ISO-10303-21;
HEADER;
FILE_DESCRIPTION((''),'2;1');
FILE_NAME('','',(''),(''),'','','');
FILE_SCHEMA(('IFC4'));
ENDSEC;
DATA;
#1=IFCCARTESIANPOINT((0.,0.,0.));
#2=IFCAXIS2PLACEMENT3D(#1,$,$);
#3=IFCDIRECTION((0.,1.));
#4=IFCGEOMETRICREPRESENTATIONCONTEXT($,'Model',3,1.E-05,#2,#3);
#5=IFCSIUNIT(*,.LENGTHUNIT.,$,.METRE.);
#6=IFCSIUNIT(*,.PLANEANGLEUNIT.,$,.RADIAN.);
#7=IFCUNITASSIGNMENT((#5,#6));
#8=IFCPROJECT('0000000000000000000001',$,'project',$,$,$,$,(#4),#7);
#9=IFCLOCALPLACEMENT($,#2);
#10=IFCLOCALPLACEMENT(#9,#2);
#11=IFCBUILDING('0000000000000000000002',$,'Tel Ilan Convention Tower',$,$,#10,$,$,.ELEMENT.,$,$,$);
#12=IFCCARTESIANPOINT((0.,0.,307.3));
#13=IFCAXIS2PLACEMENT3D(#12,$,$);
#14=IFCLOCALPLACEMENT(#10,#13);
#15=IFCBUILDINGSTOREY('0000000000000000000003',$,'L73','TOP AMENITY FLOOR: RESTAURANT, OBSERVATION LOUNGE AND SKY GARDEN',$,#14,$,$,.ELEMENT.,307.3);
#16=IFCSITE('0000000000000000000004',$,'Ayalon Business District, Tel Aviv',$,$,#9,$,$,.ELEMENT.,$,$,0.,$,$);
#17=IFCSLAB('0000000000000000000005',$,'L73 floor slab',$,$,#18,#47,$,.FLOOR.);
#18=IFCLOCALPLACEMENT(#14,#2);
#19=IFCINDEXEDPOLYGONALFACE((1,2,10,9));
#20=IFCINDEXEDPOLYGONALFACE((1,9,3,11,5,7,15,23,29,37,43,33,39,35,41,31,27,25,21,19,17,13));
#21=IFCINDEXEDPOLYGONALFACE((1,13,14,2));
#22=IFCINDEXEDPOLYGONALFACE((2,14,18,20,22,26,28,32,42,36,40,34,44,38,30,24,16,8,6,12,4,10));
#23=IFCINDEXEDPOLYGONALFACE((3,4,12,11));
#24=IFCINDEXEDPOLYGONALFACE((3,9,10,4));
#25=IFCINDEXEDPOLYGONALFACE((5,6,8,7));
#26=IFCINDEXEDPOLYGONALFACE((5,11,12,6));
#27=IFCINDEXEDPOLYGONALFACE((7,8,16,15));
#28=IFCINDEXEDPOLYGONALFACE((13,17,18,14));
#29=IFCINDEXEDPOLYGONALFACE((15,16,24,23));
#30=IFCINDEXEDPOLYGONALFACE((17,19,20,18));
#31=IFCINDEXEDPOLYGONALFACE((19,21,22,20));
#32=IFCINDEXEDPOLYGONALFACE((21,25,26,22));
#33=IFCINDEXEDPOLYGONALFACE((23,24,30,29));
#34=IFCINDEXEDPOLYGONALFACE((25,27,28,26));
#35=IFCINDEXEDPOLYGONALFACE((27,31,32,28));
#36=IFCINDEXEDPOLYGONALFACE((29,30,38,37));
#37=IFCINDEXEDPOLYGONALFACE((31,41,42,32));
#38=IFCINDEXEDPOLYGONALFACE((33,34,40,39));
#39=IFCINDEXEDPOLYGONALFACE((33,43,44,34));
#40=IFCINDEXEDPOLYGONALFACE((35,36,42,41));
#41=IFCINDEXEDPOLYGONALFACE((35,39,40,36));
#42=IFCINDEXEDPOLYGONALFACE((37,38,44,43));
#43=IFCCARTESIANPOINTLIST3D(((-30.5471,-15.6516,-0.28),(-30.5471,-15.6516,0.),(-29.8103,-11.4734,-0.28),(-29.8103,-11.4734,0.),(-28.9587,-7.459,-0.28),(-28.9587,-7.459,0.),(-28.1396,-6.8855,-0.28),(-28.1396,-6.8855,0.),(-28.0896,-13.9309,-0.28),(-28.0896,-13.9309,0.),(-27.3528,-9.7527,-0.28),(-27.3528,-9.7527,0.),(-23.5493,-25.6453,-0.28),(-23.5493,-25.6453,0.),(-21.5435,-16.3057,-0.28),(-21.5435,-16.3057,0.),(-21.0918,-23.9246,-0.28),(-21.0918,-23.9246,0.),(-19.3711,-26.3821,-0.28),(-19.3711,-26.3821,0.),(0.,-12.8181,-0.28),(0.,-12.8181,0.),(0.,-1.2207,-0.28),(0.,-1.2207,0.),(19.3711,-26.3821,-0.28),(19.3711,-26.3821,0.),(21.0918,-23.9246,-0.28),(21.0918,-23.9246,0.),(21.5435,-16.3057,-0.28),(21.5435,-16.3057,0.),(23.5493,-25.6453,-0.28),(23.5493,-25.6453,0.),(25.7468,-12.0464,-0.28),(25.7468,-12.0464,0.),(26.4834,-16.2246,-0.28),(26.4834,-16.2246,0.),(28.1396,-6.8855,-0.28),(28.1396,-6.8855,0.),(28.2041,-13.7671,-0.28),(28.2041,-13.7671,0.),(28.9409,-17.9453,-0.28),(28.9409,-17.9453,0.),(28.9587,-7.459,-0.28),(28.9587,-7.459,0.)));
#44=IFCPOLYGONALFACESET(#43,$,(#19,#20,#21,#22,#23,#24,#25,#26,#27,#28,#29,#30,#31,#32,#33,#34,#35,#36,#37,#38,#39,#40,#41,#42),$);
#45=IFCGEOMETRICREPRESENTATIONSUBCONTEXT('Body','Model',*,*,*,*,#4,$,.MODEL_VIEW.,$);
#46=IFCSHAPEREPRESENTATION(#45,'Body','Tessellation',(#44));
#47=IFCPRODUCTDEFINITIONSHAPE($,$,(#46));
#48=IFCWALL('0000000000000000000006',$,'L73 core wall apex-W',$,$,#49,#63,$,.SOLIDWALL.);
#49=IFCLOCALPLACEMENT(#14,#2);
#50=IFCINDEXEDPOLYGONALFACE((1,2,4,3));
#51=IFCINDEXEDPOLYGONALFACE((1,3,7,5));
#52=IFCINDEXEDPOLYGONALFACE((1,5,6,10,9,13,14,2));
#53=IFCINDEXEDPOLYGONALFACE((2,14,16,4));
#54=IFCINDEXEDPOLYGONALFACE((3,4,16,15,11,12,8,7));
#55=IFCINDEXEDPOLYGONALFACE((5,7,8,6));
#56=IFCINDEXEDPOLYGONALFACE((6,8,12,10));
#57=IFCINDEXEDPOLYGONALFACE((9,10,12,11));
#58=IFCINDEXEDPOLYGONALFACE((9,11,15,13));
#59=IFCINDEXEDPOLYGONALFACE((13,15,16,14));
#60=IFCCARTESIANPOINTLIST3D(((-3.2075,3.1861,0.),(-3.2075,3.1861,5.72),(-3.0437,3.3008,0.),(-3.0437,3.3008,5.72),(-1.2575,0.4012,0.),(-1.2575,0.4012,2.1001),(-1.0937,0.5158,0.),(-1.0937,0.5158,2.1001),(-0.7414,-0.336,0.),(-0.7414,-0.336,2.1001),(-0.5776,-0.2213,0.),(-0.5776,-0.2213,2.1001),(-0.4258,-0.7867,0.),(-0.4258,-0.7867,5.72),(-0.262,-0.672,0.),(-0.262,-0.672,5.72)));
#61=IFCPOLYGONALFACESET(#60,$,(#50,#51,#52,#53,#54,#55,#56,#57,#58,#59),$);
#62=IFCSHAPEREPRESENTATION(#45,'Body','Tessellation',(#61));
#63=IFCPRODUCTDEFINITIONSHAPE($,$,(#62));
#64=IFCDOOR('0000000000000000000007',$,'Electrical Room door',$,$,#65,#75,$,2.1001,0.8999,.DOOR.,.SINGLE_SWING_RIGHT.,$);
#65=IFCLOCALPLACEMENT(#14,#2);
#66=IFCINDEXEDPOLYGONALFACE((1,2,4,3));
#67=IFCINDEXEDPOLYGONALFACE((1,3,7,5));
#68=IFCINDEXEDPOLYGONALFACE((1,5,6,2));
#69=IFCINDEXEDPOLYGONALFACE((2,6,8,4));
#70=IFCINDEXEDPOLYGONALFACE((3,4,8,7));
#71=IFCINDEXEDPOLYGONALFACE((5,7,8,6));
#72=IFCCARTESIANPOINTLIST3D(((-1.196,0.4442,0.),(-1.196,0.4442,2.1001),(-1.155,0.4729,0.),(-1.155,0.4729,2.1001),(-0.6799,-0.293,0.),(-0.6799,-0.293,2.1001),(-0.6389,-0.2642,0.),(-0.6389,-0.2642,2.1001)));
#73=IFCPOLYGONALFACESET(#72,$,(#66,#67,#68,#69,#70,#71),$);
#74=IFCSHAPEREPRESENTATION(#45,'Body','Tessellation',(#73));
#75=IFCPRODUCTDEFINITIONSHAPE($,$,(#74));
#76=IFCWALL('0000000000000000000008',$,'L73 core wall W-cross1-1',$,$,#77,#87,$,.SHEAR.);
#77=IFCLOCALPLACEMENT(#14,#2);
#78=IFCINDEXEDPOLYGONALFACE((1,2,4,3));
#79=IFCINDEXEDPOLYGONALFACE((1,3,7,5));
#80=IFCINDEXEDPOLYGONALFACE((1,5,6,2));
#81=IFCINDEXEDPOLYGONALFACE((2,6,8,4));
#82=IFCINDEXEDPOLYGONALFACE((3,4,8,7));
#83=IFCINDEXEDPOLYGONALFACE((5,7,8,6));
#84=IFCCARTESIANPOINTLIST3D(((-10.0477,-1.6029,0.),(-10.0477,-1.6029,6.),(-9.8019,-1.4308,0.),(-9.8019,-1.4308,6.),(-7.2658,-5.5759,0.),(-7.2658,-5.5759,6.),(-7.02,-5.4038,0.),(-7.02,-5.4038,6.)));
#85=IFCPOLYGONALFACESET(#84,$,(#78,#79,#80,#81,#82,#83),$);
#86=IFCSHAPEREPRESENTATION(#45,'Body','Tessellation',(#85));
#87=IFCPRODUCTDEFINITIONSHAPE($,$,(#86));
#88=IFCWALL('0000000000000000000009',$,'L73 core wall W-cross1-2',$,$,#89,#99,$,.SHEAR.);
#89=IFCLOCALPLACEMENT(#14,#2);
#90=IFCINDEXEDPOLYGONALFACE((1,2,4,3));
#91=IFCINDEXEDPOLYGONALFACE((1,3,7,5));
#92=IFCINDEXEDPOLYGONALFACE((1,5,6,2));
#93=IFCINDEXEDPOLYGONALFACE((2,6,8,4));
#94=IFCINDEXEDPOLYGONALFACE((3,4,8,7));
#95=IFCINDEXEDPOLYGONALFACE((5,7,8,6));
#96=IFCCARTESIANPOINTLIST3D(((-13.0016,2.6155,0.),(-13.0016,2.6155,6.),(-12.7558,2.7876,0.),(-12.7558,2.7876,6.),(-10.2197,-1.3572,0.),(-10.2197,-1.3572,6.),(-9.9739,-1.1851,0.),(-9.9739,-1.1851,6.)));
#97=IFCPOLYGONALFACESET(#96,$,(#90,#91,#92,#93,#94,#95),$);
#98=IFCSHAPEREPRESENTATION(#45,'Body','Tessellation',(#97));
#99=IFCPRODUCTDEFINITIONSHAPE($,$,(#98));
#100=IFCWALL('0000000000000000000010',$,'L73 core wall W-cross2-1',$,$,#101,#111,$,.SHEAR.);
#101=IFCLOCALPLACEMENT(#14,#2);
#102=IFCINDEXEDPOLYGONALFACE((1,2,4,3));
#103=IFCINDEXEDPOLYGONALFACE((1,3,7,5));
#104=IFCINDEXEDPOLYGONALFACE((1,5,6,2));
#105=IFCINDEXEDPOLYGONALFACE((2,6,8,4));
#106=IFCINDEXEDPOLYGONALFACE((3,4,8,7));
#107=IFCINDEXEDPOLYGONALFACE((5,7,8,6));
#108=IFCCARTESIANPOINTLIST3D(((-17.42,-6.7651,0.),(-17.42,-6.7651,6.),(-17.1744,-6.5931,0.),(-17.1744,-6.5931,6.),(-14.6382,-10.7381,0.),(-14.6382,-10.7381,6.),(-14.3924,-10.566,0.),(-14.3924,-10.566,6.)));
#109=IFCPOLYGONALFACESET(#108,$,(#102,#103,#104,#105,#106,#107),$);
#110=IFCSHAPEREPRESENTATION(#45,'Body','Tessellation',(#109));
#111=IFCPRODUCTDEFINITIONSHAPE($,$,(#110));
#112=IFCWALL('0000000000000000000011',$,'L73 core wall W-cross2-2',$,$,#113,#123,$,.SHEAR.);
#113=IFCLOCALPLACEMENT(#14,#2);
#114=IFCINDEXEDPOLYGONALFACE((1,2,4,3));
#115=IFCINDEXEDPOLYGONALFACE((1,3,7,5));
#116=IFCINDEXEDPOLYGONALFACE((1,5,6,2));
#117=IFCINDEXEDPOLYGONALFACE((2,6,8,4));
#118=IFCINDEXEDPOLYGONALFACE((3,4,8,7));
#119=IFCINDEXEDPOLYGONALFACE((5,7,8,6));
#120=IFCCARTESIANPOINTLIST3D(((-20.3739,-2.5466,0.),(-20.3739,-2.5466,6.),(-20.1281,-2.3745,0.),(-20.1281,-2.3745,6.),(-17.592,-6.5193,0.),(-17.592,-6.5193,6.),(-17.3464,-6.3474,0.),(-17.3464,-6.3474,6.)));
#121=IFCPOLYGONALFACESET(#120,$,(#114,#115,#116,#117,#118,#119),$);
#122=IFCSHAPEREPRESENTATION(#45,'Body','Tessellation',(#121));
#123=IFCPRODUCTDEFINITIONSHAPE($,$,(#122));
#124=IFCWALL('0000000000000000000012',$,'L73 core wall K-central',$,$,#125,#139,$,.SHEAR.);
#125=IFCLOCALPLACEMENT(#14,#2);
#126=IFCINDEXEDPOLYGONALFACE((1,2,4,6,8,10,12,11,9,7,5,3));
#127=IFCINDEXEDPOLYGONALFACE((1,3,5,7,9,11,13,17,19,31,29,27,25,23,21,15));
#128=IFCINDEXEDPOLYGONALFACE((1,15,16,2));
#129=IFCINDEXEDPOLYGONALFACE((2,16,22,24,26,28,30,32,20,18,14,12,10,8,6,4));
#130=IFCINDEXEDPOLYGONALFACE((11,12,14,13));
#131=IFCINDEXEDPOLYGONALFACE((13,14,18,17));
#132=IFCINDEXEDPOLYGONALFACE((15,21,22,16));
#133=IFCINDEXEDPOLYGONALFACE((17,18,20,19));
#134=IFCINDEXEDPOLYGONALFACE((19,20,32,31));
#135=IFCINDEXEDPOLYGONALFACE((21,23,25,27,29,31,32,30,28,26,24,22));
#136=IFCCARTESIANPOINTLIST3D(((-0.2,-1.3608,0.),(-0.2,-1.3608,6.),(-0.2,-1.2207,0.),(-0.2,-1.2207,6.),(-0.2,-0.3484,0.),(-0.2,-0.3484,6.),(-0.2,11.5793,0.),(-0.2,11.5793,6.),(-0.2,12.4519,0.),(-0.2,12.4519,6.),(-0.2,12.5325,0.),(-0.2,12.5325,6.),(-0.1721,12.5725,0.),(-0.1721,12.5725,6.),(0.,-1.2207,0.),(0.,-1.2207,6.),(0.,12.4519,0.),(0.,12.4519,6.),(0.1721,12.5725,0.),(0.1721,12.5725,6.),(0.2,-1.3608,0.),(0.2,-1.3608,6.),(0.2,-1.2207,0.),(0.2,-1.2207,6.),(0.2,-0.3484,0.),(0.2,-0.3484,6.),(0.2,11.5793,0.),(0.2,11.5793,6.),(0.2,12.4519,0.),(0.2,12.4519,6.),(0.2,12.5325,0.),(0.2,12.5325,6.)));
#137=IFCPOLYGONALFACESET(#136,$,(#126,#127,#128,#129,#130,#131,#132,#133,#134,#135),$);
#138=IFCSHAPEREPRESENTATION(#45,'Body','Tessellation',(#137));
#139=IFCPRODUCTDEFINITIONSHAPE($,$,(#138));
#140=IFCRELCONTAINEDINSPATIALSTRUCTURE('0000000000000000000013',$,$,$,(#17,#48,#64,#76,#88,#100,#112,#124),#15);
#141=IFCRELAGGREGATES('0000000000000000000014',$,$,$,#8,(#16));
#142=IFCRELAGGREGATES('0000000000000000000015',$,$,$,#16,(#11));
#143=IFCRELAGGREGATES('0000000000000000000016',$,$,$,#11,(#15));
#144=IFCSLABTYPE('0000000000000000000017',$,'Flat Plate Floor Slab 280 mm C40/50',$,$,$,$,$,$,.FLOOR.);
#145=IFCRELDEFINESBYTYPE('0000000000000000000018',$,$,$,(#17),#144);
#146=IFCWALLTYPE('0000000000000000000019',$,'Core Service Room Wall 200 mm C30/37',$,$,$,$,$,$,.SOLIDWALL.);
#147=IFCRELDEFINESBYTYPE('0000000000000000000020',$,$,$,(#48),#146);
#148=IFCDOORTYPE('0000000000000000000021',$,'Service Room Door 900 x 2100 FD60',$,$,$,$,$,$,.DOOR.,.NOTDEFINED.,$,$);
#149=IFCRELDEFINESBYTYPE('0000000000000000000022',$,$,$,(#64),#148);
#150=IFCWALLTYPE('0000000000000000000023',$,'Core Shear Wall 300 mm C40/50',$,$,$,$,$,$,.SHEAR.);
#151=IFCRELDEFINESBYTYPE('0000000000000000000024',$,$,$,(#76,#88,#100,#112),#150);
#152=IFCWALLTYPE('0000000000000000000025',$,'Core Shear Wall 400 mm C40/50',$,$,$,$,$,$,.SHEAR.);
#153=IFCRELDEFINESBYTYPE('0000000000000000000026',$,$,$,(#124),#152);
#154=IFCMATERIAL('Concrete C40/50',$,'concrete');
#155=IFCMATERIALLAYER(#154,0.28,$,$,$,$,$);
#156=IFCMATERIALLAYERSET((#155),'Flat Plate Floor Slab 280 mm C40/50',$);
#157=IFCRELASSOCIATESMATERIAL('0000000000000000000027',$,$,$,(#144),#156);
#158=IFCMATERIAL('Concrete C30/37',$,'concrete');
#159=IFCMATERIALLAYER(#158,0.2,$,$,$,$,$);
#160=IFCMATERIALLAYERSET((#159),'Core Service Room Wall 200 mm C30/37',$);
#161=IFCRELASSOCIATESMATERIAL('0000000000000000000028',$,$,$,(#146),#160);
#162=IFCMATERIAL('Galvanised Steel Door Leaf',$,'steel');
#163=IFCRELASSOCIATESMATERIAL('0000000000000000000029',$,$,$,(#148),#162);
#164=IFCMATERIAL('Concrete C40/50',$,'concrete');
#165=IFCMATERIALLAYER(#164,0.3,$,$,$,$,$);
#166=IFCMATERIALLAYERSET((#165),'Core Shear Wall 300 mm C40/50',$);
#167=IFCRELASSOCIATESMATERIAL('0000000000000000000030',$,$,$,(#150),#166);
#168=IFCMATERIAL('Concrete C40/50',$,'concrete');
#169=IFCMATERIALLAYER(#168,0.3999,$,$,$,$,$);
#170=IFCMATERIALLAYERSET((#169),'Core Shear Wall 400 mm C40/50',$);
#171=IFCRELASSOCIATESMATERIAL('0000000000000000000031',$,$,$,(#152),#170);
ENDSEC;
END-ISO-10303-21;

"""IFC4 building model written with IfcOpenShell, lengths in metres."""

from ifc_helpers import new_model, si_unit, direction, frame, frame_2d, origin, place, context, subcontext, project, spatial, polyline, rectangle, outline, extrude, material, layer, layer_set, type_object, element, fill, save


model = new_model("IFC4")

# Units and contexts
model_context = context("Model", 3, precision=1e-05, world=origin(), true_north=direction((0.0, 1.0)))
body_context = subcontext(model_context, "Body", "Model", "MODEL_VIEW")
ifc_project = project(units=[si_unit("LENGTHUNIT", "METRE"), si_unit("PLANEANGLEUNIT", "RADIAN")], contexts=[model_context])

# Site, building, storey
site_placement = place(None, origin())
site = spatial("IfcSite", under=ifc_project, at=site_placement, Name="Ayalon Business District, Tel Aviv", CompositionType="ELEMENT", RefElevation=0.0)
building_placement = place(site_placement, origin())
building = spatial("IfcBuilding", under=site, at=building_placement, Name="Tel Ilan Convention Tower", CompositionType="ELEMENT")
storey_placement = place(building_placement, frame((0.0, 0.0, 307.3)))
storey = spatial("IfcBuildingStorey", under=building, at=storey_placement, Name="L73", Description="TOP AMENITY FLOOR: RESTAURANT, OBSERVATION LOUNGE AND SKY GARDEN", CompositionType="ELEMENT", Elevation=307.3)

# Slab
ifc_material_1 = material(Name="Concrete C40/50", Category="concrete")
ifc_layer_1 = layer(ifc_material_1, 0.28)
ifc_layer_set_1 = layer_set([ifc_layer_1], Name="Flat Plate Floor Slab 280 mm C40/50")
slab_type_1 = type_object("IfcSlabType", Name="Flat Plate Floor Slab 280 mm C40/50", PredefinedType="FLOOR", material=ifc_layer_set_1)
slab_1_placement = place(storey_placement, frame((0.0, 0.0, -0.28)))
element("IfcSlab", 1, at=slab_1_placement, inside=storey, type_object=slab_type_1, Name="L73 floor slab", PredefinedType="FLOOR", context=body_context, shape_type="SweptSolid", body=[
    extrude(outline(polyline([(-21.5435, -16.3057), (0.0, -1.2207), (21.5435, -16.3057), (28.1396, -6.8855), (28.9587, -7.459), (25.7468, -12.0464), (28.2041, -13.7671), (26.4834, -16.2246), (28.9409, -17.9453), (23.5493, -25.6453), (21.0918, -23.9246), (19.3711, -26.3821), (0.0, -12.8181), (-19.3711, -26.3821), (-21.0918, -23.9246), (-23.5493, -25.6453), (-30.5471, -15.6516), (-28.0896, -13.9309), (-29.8103, -11.4734), (-27.3528, -9.7527), (-28.9587, -7.459), (-28.1396, -6.8855), (-21.5435, -16.3057)])), origin(), (0.0, 0.0, 1.0), 0.28),
])

# Wall, opening, door
ifc_material_2 = material(Name="Concrete C30/37", Category="concrete")
ifc_layer_2 = layer(ifc_material_2, 0.2)
ifc_layer_set_2 = layer_set([ifc_layer_2], Name="Core Service Room Wall 200 mm C30/37")
wall_type_1 = type_object("IfcWallType", Name="Core Service Room Wall 200 mm C30/37", PredefinedType="SOLIDWALL", material=ifc_layer_set_2)
wall_1_placement = place(storey_placement, frame((-0.344, -0.7292, 0.0), z_axis=(0.0, 0.0, 1.0), x_axis=(-0.57356, 0.819163, 0.0)))
wall_1 = element("IfcWall", 2, at=wall_1_placement, inside=storey, type_object=wall_type_1, Name="L73 core wall apex-W", PredefinedType="SOLIDWALL", context=body_context, shape_type="SweptSolid", body=[
    extrude(rectangle(XDim=4.8499, YDim=0.2, at=frame_2d((2.4248, 0.0))), origin(), (0.0, 0.0, 1.0), 5.72),
])
opening_1_placement = place(wall_1_placement, frame((0.55, 0.0, 0.0)))
opening_1 = element("IfcOpeningElement", 3, at=opening_1_placement, cuts=wall_1, PredefinedType="OPENING", context=body_context, shape_type="SweptSolid", body=[
    extrude(rectangle(XDim=0.8999, YDim=2.1001, at=frame_2d((0.45, 1.05))), frame((0.0, 0.1099, 0.0), z_axis=(0.0, -1.0, 0.0), x_axis=(1.0, 0.0, 0.0)), (0.0, 0.0, 1.0), 0.22),
])
ifc_material_3 = material(Name="Galvanised Steel Door Leaf", Category="steel")
door_type_1 = type_object("IfcDoorType", Name="Service Room Door 900 x 2100 FD60", OperationType="NOTDEFINED", PredefinedType="DOOR", material=ifc_material_3)
door_1_placement = place(opening_1_placement, origin())
door_1 = element("IfcDoor", 4, at=door_1_placement, inside=storey, type_object=door_type_1, Name="Electrical Room door", OperationType="SINGLE_SWING_RIGHT", OverallHeight=2.1001, OverallWidth=0.8999, PredefinedType="DOOR", context=body_context, shape_type="SweptSolid", body=[
    extrude(rectangle(XDim=0.8999, YDim=2.1001, at=frame_2d((0.45, 1.05))), frame((0.0, 0.0249, 0.0), z_axis=(0.0, -1.0, 0.0), x_axis=(1.0, 0.0, 0.0)), (0.0, 0.0, 1.0), 0.05),
])
fill(opening_1, door_1)

# Walls
ifc_material_4 = material(Name="Concrete C40/50", Category="concrete")
ifc_layer_3 = layer(ifc_material_4, 0.3)
ifc_layer_set_3 = layer_set([ifc_layer_3], Name="Core Shear Wall 300 mm C40/50")
wall_type_2 = type_object("IfcWallType", Name="Core Shear Wall 300 mm C40/50", PredefinedType="SHEAR", material=ifc_layer_set_3)
wall_2_placement = place(storey_placement, frame((-7.1428, -5.4897, 0.0), z_axis=(0.0, 0.0, 1.0), x_axis=(-0.573618, 0.819123, 0.0)))
element("IfcWall", 5, at=wall_2_placement, inside=storey, type_object=wall_type_2, Name="L73 core wall W-cross1-1", PredefinedType="SHEAR", context=body_context, shape_type="SweptSolid", body=[
    extrude(outline(polyline([(4.8501, 0.1499), (0.0, 0.1501), (0.0, -0.1499), (4.8501, -0.1501), (4.8501, 0.1499)])), origin(), (0.0, 0.0, 1.0), 6.0),
])
wall_3_placement = place(storey_placement, frame((-10.0969, -1.2712, 0.0), z_axis=(0.0, 0.0, 1.0), x_axis=(-0.57356, 0.819163, 0.0)))
element("IfcWall", 6, at=wall_3_placement, inside=storey, type_object=wall_type_2, Name="L73 core wall W-cross1-2", PredefinedType="SHEAR", context=body_context, shape_type="SweptSolid", body=[
    extrude(outline(polyline([(4.8499, -0.1499), (4.8499, 0.1501), (0.0, 0.1499), (0.0, -0.1501), (4.8499, -0.1499)])), origin(), (0.0, 0.0, 1.0), 6.0),
])
wall_4_placement = place(storey_placement, frame((-14.5154, -10.6521, 0.0), z_axis=(0.0, 0.0, 1.0), x_axis=(-0.57356, 0.819163, 0.0)))
element("IfcWall", 7, at=wall_4_placement, inside=storey, type_object=wall_type_2, Name="L73 core wall W-cross2-1", PredefinedType="SHEAR", context=body_context, shape_type="SweptSolid", body=[
    extrude(outline(polyline([(4.8501, 0.1499), (0.0, 0.1499), (0.0, -0.1501), (4.8501, -0.1499), (4.8501, 0.1499)])), origin(), (0.0, 0.0, 1.0), 6.0),
])
wall_5_placement = place(storey_placement, frame((-17.4692, -6.4333, 0.0), z_axis=(0.0, 0.0, 1.0), x_axis=(-0.573594, 0.81914, 0.0)))
element("IfcWall", 8, at=wall_5_placement, inside=storey, type_object=wall_type_2, Name="L73 core wall W-cross2-2", PredefinedType="SHEAR", context=body_context, shape_type="SweptSolid", body=[
    extrude(outline(polyline([(4.8499, -0.1501), (4.8499, 0.1499), (0.0, 0.1499), (0.0, -0.1499), (4.8499, -0.1501)])), origin(), (0.0, 0.0, 1.0), 6.0),
])
ifc_material_5 = material(Name="Concrete C40/50", Category="concrete")
ifc_layer_4 = layer(ifc_material_5, 0.3999)
ifc_layer_set_4 = layer_set([ifc_layer_4], Name="Core Shear Wall 400 mm C40/50")
wall_type_3 = type_object("IfcWallType", Name="Core Shear Wall 400 mm C40/50", PredefinedType="SHEAR", material=ifc_layer_set_4)
wall_6_placement = place(storey_placement, frame((0.0, -1.3608, 0.0), z_axis=(0.0, 0.0, 1.0), x_axis=(0.0, 1.0, 0.0)))
element("IfcWall", 9, at=wall_6_placement, inside=storey, type_object=wall_type_3, Name="L73 core wall K-central", PredefinedType="SHEAR", context=body_context, shape_type="SweptSolid", body=[
    extrude(outline(polyline([(0.1401, 0.2), (0.0, 0.2), (0.1401, 0.0), (0.0, -0.2), (0.1401, -0.2), (1.0125, -0.2), (12.9402, -0.2), (13.8127, -0.2), (13.8933, -0.2), (13.9333, -0.1721), (13.8127, 0.0), (13.9333, 0.1721), (13.8933, 0.2), (13.8127, 0.2), (12.9402, 0.2), (1.0125, 0.2), (0.1401, 0.2)])), origin(), (0.0, 0.0, 1.0), 6.0),
])

save(model, "model.ifc")
